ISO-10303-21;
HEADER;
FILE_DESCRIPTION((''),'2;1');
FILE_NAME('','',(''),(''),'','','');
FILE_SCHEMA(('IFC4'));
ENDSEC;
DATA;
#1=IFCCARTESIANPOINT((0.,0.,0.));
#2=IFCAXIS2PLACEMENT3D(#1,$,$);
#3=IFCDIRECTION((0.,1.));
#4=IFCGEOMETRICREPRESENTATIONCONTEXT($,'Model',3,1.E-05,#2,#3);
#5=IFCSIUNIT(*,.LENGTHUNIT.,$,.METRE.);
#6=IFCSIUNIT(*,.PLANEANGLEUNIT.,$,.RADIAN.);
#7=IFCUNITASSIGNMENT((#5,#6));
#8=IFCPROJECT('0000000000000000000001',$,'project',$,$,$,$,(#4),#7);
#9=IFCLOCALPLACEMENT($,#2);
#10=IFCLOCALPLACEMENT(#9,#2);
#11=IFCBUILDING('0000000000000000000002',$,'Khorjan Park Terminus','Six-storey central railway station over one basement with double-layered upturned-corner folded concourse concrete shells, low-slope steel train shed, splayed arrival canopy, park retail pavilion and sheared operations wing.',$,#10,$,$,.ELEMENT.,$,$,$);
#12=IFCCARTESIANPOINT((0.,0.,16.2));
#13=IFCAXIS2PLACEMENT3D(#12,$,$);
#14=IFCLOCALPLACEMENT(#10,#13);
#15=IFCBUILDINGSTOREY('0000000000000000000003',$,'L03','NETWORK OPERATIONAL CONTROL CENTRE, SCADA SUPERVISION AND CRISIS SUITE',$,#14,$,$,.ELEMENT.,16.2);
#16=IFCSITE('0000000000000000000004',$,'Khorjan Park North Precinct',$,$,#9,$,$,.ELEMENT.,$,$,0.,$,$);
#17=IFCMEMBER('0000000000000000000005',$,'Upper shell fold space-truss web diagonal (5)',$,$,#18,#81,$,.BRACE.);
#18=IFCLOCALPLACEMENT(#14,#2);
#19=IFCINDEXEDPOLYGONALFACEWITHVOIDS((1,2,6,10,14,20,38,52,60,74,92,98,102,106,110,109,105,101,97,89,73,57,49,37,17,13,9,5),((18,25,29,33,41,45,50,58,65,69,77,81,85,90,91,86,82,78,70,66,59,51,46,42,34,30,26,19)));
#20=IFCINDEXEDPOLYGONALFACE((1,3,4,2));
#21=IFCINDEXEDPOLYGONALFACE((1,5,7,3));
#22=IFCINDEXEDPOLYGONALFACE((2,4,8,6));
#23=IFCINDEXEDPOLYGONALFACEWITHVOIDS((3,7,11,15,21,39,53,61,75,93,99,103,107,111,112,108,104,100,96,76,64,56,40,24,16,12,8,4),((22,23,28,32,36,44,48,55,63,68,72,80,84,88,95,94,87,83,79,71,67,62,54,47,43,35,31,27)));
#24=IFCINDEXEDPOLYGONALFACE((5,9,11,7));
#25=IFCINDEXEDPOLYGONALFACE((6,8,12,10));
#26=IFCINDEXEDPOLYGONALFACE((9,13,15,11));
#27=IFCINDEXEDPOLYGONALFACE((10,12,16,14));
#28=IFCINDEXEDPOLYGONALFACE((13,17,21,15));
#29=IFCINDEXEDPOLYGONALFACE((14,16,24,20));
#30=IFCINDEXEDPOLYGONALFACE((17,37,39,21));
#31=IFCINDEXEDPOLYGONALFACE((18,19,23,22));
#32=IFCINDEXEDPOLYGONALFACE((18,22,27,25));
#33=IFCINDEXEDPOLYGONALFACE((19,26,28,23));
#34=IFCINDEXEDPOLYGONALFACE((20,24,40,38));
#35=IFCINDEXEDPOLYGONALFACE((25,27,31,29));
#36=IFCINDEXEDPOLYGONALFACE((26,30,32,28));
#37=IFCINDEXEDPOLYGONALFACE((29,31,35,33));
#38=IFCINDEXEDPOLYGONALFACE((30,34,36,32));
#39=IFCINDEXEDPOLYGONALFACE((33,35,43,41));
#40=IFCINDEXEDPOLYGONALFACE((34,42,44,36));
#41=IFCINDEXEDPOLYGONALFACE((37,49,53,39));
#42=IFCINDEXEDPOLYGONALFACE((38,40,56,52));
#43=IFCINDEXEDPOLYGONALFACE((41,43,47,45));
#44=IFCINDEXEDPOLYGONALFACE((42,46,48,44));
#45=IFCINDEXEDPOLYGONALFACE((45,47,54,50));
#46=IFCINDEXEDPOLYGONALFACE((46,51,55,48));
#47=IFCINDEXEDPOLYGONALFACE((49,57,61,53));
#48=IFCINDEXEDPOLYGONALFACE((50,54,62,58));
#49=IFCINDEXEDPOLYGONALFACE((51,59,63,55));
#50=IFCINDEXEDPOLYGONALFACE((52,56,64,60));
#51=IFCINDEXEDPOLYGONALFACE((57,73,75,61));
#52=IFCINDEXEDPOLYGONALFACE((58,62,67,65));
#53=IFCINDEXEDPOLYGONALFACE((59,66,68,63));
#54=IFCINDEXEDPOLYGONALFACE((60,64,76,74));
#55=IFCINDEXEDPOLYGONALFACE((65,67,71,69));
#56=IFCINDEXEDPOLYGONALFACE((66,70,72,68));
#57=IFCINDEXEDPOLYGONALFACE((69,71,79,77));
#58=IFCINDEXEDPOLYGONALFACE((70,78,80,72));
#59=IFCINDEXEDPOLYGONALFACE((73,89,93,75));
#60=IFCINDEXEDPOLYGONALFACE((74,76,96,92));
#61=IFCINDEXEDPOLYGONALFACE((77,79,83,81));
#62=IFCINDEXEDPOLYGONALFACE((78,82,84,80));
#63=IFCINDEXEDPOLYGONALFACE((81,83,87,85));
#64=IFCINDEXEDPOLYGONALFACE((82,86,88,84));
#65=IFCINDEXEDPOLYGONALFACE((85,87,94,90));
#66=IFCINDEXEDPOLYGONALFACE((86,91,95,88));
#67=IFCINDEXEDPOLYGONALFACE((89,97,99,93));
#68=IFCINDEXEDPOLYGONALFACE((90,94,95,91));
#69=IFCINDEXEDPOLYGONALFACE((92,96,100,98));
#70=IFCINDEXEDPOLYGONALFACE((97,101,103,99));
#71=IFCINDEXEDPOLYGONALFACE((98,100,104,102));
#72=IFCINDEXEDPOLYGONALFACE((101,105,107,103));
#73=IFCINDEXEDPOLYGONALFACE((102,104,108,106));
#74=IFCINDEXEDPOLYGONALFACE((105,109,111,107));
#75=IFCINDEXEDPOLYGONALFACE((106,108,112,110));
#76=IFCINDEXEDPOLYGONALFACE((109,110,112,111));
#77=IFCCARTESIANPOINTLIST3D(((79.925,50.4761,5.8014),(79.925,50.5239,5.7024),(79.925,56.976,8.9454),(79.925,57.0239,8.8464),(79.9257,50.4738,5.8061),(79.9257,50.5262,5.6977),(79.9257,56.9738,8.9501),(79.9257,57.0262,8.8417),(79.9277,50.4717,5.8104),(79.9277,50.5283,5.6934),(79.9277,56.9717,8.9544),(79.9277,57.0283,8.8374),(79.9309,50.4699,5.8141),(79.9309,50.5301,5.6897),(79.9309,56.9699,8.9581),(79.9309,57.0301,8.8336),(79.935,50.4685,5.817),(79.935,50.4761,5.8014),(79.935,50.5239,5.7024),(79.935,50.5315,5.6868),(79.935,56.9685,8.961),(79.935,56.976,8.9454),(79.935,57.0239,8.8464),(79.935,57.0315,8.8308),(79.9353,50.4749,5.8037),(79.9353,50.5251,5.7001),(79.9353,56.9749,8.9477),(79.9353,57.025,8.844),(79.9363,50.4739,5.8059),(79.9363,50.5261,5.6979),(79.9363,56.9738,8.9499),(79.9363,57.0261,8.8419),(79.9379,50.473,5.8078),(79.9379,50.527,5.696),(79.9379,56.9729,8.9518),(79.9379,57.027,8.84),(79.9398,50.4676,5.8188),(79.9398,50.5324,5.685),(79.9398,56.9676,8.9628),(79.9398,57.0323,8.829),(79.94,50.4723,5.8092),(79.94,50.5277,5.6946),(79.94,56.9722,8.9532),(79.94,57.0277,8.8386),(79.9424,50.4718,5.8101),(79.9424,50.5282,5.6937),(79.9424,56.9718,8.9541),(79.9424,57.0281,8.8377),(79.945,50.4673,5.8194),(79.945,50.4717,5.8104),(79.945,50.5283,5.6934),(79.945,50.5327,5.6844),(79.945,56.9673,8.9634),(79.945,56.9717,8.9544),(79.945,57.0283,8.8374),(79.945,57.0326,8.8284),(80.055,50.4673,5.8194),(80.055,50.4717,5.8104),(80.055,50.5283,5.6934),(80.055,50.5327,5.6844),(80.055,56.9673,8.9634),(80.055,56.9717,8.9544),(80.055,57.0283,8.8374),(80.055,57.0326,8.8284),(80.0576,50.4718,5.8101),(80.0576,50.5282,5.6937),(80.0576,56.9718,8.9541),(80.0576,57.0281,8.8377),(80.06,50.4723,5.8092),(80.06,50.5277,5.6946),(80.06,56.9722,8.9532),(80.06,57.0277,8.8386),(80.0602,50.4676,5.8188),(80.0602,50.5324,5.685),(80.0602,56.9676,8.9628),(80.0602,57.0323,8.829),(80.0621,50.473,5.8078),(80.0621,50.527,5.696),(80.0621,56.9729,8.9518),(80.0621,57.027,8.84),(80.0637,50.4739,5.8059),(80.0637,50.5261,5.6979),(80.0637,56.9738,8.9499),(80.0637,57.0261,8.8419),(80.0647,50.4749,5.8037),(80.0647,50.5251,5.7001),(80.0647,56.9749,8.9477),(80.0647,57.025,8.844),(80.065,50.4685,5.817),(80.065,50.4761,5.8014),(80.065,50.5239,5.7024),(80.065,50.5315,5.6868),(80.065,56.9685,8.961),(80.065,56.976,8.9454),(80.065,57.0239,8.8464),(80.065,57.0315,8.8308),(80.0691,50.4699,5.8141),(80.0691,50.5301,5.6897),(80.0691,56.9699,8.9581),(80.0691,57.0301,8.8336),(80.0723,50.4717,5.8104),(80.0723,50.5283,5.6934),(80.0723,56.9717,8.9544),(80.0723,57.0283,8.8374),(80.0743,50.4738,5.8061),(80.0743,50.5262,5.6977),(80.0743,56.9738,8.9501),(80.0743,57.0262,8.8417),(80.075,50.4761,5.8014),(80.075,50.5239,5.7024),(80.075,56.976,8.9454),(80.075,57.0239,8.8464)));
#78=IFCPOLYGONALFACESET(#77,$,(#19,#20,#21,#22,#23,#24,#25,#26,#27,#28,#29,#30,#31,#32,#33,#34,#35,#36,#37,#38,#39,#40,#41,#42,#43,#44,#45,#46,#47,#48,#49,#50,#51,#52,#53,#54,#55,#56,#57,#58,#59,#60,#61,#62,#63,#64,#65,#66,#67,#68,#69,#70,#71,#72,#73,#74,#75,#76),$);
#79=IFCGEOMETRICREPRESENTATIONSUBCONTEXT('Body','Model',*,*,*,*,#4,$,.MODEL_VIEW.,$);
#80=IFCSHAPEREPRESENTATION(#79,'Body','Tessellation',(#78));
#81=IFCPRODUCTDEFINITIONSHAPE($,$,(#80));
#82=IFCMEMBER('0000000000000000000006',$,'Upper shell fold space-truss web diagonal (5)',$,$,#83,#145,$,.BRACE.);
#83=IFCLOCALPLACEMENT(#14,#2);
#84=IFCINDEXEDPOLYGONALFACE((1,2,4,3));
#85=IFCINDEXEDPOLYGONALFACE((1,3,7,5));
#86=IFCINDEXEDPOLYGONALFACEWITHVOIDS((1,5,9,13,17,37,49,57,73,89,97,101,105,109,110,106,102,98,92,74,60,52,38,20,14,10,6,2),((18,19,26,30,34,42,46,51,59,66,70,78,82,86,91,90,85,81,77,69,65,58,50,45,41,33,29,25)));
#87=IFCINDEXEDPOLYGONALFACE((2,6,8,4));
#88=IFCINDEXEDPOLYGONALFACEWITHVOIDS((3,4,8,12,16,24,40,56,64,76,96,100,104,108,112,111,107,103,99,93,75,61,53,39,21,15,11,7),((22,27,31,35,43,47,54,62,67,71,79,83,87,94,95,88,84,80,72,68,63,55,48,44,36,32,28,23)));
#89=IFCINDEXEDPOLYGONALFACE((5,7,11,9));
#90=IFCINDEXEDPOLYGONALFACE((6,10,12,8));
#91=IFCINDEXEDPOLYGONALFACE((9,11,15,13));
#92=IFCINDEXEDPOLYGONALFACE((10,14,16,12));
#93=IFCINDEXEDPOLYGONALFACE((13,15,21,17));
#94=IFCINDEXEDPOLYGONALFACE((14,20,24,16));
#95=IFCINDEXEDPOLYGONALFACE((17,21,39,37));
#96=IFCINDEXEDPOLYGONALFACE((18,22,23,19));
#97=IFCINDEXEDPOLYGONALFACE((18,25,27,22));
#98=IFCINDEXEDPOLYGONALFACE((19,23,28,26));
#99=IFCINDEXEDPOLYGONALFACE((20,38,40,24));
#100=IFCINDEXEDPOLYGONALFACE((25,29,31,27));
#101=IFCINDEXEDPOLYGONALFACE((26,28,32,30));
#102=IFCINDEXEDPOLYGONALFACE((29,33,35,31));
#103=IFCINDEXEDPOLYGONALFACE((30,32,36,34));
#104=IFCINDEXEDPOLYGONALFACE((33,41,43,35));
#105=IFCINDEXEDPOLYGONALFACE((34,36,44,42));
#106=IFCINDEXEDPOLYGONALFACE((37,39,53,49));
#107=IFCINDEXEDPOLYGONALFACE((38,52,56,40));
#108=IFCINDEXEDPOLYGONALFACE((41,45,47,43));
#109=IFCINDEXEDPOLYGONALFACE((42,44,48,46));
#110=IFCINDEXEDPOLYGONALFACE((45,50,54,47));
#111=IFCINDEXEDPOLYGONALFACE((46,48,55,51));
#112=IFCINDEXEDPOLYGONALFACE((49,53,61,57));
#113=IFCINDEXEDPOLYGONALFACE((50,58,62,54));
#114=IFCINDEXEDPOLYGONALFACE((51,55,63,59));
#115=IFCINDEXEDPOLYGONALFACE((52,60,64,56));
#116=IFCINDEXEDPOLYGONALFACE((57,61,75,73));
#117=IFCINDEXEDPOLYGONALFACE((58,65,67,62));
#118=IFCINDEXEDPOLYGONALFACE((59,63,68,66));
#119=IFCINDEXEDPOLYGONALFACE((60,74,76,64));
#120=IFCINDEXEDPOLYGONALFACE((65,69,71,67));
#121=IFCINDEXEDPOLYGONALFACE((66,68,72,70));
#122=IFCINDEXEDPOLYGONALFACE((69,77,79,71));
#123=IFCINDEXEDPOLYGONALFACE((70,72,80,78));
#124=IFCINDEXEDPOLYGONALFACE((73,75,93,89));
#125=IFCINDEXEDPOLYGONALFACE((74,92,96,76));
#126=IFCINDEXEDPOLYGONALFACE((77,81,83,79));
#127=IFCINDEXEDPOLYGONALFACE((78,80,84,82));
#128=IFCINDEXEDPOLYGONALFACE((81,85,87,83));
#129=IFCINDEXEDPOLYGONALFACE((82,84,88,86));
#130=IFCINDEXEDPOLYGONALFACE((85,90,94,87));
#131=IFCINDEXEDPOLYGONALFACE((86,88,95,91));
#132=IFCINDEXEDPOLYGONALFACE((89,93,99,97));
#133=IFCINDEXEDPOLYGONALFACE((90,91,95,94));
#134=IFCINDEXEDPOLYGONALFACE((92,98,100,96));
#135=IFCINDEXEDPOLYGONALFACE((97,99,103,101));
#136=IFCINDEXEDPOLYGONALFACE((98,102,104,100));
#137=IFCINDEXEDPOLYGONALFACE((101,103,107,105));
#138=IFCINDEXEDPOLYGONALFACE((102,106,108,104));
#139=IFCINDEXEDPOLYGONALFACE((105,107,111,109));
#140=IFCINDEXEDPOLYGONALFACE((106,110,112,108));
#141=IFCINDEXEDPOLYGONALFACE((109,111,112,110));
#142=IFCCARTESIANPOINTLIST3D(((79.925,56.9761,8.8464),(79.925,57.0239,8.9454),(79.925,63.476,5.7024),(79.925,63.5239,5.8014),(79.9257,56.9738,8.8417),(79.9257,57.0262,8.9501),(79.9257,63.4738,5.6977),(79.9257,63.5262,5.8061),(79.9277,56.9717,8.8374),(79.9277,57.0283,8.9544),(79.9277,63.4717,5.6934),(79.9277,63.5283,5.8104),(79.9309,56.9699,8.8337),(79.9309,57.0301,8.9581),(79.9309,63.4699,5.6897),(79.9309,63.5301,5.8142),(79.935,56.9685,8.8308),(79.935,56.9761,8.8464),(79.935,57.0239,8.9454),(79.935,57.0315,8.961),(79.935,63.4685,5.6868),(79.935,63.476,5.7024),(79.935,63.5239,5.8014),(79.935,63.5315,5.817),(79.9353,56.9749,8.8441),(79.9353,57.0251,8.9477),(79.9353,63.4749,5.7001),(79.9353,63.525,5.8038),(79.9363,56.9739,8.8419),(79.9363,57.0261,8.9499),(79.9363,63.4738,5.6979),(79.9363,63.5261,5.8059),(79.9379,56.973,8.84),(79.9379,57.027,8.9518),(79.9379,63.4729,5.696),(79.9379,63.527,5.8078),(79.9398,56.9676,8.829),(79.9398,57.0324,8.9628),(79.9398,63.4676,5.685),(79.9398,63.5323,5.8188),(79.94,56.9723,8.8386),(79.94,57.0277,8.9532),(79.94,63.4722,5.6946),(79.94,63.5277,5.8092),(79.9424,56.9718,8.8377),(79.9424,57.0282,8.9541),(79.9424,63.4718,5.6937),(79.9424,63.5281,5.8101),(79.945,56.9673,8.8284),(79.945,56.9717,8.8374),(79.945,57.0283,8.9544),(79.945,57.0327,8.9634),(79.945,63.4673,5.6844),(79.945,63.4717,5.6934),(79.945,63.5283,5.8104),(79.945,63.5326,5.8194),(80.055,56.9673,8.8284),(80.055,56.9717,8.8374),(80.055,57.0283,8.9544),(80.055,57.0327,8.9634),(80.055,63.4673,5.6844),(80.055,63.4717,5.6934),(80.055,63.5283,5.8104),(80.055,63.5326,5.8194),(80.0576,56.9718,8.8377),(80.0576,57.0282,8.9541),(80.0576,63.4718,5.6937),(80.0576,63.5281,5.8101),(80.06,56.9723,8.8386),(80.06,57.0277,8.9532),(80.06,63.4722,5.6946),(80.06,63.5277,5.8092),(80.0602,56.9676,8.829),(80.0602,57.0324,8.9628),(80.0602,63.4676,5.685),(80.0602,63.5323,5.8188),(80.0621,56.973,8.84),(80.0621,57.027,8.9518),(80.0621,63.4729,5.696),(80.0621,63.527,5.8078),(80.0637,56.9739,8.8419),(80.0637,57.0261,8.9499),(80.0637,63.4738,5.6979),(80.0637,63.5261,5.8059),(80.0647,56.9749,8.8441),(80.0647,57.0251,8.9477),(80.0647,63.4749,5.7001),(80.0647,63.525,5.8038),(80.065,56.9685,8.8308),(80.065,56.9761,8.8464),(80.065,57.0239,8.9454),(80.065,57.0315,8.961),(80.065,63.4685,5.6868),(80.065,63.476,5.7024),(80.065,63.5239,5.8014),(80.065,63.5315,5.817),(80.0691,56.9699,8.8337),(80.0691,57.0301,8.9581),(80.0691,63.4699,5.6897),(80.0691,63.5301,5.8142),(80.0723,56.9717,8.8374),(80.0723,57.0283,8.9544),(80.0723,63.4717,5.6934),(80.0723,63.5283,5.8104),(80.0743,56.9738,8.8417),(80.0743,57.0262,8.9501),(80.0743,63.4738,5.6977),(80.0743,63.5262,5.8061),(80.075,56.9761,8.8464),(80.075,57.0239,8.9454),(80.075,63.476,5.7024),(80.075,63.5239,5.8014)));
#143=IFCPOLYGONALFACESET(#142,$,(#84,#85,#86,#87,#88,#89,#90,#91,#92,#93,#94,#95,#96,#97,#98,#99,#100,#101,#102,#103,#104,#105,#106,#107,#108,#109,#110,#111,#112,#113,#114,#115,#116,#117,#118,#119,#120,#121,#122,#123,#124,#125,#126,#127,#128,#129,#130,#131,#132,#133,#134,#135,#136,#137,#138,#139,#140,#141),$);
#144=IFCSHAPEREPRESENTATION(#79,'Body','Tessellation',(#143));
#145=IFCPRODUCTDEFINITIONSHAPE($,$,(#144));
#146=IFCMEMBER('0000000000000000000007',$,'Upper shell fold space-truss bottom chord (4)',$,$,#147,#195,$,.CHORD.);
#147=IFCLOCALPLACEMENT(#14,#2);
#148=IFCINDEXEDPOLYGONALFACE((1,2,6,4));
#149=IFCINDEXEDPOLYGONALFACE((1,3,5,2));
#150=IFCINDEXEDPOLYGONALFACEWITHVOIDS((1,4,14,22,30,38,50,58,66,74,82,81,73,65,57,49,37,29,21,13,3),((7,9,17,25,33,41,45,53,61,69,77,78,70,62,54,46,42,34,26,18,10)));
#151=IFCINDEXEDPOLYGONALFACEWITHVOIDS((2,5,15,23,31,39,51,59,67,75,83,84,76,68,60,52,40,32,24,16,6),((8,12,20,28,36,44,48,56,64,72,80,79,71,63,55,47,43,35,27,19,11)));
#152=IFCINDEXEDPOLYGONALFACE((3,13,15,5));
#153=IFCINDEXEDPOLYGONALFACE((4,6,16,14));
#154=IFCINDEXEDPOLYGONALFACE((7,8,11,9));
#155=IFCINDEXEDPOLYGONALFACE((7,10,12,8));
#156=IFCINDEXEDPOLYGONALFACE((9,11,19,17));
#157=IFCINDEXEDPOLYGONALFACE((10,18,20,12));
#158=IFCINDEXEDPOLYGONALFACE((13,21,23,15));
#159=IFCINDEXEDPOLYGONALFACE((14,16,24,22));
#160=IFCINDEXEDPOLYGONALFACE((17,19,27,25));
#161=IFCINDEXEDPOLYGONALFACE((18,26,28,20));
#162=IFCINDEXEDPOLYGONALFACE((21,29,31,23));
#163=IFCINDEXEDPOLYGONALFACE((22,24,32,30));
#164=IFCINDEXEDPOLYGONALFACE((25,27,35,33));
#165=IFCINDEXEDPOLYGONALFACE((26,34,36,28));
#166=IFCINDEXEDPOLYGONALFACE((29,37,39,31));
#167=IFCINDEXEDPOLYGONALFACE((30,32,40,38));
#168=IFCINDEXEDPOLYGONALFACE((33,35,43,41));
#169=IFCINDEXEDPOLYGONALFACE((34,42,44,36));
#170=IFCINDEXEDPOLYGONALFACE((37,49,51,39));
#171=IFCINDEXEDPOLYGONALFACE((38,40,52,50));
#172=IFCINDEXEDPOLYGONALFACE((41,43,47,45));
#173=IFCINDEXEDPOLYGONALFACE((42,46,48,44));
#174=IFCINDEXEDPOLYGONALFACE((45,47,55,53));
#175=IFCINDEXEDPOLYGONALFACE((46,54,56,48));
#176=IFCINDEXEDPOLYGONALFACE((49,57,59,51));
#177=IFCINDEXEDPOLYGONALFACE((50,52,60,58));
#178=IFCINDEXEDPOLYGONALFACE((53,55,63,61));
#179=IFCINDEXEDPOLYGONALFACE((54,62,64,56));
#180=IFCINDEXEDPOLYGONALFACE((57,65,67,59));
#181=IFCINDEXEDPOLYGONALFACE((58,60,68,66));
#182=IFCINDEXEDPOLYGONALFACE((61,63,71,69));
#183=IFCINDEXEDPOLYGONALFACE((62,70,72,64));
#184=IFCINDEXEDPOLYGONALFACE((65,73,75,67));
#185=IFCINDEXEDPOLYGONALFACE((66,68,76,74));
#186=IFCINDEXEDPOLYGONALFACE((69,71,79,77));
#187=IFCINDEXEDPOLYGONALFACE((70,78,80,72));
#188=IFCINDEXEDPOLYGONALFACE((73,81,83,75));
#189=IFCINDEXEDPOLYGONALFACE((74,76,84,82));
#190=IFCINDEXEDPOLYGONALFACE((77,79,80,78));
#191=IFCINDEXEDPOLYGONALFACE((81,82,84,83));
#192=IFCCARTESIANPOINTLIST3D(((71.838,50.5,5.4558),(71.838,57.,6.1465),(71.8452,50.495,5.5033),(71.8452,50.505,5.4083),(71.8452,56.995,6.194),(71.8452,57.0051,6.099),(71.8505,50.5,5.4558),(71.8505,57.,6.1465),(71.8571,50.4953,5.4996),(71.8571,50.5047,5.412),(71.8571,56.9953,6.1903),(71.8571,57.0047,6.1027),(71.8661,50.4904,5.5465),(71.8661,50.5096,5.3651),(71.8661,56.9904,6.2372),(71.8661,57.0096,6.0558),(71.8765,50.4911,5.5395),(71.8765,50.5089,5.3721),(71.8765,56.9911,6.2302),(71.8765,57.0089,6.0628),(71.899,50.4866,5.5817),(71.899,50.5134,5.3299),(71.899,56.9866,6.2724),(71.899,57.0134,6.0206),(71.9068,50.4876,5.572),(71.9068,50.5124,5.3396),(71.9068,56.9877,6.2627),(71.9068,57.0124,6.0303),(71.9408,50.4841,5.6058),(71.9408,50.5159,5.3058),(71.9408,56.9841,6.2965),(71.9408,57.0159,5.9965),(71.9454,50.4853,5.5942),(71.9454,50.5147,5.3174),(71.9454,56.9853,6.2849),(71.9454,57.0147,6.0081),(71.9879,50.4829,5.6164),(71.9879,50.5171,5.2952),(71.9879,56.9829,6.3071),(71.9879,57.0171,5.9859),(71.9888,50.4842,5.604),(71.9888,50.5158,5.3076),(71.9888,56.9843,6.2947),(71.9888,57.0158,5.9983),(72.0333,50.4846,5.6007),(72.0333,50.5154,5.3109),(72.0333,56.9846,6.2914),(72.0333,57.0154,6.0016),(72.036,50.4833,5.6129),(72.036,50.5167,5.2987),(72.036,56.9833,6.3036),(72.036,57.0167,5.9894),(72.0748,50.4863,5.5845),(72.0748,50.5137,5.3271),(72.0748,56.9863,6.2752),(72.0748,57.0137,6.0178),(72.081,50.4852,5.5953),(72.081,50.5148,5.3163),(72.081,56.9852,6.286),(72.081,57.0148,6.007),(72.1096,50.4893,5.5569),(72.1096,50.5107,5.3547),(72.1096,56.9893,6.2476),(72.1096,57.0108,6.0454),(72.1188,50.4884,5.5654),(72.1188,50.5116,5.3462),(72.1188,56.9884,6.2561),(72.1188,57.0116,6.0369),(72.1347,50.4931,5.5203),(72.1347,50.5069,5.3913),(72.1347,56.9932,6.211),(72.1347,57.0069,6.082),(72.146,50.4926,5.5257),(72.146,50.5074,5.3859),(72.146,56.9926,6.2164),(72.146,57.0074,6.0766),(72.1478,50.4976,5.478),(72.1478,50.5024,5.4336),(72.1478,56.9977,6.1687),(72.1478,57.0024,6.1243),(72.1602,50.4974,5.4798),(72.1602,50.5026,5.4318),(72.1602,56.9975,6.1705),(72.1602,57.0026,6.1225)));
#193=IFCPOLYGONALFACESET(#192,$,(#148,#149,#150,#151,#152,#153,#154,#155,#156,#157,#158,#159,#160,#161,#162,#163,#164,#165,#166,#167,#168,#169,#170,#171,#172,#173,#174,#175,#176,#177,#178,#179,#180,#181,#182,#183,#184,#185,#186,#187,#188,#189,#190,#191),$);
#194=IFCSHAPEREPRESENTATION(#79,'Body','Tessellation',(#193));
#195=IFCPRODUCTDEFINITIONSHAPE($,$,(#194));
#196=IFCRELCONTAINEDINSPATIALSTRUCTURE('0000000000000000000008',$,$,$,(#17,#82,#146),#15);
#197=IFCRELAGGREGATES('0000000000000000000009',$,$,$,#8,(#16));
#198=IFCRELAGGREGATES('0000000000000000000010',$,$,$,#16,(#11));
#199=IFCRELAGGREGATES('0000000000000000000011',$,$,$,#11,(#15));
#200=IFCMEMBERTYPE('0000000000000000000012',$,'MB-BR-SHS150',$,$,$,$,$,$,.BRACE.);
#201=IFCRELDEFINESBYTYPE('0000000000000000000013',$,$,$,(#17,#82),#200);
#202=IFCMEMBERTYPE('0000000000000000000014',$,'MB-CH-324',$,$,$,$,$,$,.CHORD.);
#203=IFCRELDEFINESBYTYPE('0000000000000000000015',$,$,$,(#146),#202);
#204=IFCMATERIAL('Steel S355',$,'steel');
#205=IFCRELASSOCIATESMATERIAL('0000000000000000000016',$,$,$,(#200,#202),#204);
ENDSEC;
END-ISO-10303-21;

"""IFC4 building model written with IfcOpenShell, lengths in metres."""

from ifc_helpers import new_model, si_unit, direction, frame, origin, origin_2d, place, context, subcontext, project, spatial, hollow_rectangle, hollow_circle, extrude, material, material_profile, profile_set, type_object, element, save


model = new_model("IFC4")

# Units and contexts
model_context = context("Model", 3, precision=1e-05, world=origin(), true_north=direction((0.0, 1.0)))
body_context = subcontext(model_context, "Body", "Model", "MODEL_VIEW")
ifc_project = project(units=[si_unit("LENGTHUNIT", "METRE"), si_unit("PLANEANGLEUNIT", "RADIAN")], contexts=[model_context])

# Site, building, storey
site_placement = place(None, origin())
site = spatial("IfcSite", under=ifc_project, at=site_placement, Name="Khorjan Park North Precinct", CompositionType="ELEMENT", RefElevation=0.0)
building_placement = place(site_placement, origin())
building = spatial("IfcBuilding", under=site, at=building_placement, Name="Khorjan Park Terminus", Description="Six-storey central railway station over one basement with double-layered upturned-corner folded concourse concrete shells, low-slope steel train shed, splayed arrival canopy, park retail pavilion and sheared operations wing.", CompositionType="ELEMENT")
storey_placement = place(building_placement, frame((0.0, 0.0, 16.2)))
storey = spatial("IfcBuildingStorey", under=building, at=storey_placement, Name="L03", Description="NETWORK OPERATIONAL CONTROL CENTRE, SCADA SUPERVISION AND CRISIS SUITE", CompositionType="ELEMENT", Elevation=16.2)

# Members
ifc_material = material(Name="Steel S355", Category="steel")
ifc_material_profile_1 = material_profile(ifc_material, hollow_rectangle(XDim=0.15, YDim=0.15, WallThickness=0.01, InnerFilletRadius=0.01, OuterFilletRadius=0.02, at=origin_2d()), Name="SHS 150x150x10")
ifc_profile_set_1 = profile_set([ifc_material_profile_1], Name="Steel S355")
member_type_1 = type_object("IfcMemberType", Name="MB-BR-SHS150", PredefinedType="BRACE", material=ifc_profile_set_1)
for number, where, z_axis, x_axis, name in (
    (1, (80.0, 50.5, 5.7519), (0.0, 0.900222, 0.435431), (-1.0, 0.0, 0.0), "Upper shell fold space-truss web diagonal (5)"),
    (2, (80.0, 57.0, 8.8959), (0.0, 0.900222, -0.435431), (-1.0, 0.0, 0.0), "Upper shell fold space-truss web diagonal (5)"),
):
    element("IfcMember", number, at=place(storey_placement, frame(where, z_axis=z_axis, x_axis=x_axis)), inside=storey, type_object=member_type_1, Name=name, PredefinedType="BRACE", context=body_context, shape_type="SweptSolid", body=[
        extrude(hollow_rectangle(XDim=0.15, YDim=0.15, WallThickness=0.01, InnerFilletRadius=0.01, OuterFilletRadius=0.02, at=origin_2d()), origin(), (0.0, 0.0, 1.0), 7.2204),
    ])
ifc_material_profile_2 = material_profile(ifc_material, hollow_circle(Radius=0.162, WallThickness=0.0125, at=origin_2d()), Name="CHS 323.9x12.5")
ifc_profile_set_2 = profile_set([ifc_material_profile_2], Name="Steel S355")
member_type_2 = type_object("IfcMemberType", Name="MB-CH-324", PredefinedType="CHORD", material=ifc_profile_set_2)
for number, where, z_axis, x_axis, name in (
    (3, (72.0, 50.5, 5.4558), (0.0, 0.994402, 0.105667), (-1.0, 0.0, 0.0), "Upper shell fold space-truss bottom chord (4)"),
):
    element("IfcMember", number, at=place(storey_placement, frame(where, z_axis=z_axis, x_axis=x_axis)), inside=storey, type_object=member_type_2, Name=name, PredefinedType="CHORD", context=body_context, shape_type="SweptSolid", body=[
        extrude(hollow_circle(Radius=0.162, WallThickness=0.0125, at=origin_2d()), origin(), (0.0, 0.0, 1.0), 6.5366),
    ])

save(model, "model.ifc")
